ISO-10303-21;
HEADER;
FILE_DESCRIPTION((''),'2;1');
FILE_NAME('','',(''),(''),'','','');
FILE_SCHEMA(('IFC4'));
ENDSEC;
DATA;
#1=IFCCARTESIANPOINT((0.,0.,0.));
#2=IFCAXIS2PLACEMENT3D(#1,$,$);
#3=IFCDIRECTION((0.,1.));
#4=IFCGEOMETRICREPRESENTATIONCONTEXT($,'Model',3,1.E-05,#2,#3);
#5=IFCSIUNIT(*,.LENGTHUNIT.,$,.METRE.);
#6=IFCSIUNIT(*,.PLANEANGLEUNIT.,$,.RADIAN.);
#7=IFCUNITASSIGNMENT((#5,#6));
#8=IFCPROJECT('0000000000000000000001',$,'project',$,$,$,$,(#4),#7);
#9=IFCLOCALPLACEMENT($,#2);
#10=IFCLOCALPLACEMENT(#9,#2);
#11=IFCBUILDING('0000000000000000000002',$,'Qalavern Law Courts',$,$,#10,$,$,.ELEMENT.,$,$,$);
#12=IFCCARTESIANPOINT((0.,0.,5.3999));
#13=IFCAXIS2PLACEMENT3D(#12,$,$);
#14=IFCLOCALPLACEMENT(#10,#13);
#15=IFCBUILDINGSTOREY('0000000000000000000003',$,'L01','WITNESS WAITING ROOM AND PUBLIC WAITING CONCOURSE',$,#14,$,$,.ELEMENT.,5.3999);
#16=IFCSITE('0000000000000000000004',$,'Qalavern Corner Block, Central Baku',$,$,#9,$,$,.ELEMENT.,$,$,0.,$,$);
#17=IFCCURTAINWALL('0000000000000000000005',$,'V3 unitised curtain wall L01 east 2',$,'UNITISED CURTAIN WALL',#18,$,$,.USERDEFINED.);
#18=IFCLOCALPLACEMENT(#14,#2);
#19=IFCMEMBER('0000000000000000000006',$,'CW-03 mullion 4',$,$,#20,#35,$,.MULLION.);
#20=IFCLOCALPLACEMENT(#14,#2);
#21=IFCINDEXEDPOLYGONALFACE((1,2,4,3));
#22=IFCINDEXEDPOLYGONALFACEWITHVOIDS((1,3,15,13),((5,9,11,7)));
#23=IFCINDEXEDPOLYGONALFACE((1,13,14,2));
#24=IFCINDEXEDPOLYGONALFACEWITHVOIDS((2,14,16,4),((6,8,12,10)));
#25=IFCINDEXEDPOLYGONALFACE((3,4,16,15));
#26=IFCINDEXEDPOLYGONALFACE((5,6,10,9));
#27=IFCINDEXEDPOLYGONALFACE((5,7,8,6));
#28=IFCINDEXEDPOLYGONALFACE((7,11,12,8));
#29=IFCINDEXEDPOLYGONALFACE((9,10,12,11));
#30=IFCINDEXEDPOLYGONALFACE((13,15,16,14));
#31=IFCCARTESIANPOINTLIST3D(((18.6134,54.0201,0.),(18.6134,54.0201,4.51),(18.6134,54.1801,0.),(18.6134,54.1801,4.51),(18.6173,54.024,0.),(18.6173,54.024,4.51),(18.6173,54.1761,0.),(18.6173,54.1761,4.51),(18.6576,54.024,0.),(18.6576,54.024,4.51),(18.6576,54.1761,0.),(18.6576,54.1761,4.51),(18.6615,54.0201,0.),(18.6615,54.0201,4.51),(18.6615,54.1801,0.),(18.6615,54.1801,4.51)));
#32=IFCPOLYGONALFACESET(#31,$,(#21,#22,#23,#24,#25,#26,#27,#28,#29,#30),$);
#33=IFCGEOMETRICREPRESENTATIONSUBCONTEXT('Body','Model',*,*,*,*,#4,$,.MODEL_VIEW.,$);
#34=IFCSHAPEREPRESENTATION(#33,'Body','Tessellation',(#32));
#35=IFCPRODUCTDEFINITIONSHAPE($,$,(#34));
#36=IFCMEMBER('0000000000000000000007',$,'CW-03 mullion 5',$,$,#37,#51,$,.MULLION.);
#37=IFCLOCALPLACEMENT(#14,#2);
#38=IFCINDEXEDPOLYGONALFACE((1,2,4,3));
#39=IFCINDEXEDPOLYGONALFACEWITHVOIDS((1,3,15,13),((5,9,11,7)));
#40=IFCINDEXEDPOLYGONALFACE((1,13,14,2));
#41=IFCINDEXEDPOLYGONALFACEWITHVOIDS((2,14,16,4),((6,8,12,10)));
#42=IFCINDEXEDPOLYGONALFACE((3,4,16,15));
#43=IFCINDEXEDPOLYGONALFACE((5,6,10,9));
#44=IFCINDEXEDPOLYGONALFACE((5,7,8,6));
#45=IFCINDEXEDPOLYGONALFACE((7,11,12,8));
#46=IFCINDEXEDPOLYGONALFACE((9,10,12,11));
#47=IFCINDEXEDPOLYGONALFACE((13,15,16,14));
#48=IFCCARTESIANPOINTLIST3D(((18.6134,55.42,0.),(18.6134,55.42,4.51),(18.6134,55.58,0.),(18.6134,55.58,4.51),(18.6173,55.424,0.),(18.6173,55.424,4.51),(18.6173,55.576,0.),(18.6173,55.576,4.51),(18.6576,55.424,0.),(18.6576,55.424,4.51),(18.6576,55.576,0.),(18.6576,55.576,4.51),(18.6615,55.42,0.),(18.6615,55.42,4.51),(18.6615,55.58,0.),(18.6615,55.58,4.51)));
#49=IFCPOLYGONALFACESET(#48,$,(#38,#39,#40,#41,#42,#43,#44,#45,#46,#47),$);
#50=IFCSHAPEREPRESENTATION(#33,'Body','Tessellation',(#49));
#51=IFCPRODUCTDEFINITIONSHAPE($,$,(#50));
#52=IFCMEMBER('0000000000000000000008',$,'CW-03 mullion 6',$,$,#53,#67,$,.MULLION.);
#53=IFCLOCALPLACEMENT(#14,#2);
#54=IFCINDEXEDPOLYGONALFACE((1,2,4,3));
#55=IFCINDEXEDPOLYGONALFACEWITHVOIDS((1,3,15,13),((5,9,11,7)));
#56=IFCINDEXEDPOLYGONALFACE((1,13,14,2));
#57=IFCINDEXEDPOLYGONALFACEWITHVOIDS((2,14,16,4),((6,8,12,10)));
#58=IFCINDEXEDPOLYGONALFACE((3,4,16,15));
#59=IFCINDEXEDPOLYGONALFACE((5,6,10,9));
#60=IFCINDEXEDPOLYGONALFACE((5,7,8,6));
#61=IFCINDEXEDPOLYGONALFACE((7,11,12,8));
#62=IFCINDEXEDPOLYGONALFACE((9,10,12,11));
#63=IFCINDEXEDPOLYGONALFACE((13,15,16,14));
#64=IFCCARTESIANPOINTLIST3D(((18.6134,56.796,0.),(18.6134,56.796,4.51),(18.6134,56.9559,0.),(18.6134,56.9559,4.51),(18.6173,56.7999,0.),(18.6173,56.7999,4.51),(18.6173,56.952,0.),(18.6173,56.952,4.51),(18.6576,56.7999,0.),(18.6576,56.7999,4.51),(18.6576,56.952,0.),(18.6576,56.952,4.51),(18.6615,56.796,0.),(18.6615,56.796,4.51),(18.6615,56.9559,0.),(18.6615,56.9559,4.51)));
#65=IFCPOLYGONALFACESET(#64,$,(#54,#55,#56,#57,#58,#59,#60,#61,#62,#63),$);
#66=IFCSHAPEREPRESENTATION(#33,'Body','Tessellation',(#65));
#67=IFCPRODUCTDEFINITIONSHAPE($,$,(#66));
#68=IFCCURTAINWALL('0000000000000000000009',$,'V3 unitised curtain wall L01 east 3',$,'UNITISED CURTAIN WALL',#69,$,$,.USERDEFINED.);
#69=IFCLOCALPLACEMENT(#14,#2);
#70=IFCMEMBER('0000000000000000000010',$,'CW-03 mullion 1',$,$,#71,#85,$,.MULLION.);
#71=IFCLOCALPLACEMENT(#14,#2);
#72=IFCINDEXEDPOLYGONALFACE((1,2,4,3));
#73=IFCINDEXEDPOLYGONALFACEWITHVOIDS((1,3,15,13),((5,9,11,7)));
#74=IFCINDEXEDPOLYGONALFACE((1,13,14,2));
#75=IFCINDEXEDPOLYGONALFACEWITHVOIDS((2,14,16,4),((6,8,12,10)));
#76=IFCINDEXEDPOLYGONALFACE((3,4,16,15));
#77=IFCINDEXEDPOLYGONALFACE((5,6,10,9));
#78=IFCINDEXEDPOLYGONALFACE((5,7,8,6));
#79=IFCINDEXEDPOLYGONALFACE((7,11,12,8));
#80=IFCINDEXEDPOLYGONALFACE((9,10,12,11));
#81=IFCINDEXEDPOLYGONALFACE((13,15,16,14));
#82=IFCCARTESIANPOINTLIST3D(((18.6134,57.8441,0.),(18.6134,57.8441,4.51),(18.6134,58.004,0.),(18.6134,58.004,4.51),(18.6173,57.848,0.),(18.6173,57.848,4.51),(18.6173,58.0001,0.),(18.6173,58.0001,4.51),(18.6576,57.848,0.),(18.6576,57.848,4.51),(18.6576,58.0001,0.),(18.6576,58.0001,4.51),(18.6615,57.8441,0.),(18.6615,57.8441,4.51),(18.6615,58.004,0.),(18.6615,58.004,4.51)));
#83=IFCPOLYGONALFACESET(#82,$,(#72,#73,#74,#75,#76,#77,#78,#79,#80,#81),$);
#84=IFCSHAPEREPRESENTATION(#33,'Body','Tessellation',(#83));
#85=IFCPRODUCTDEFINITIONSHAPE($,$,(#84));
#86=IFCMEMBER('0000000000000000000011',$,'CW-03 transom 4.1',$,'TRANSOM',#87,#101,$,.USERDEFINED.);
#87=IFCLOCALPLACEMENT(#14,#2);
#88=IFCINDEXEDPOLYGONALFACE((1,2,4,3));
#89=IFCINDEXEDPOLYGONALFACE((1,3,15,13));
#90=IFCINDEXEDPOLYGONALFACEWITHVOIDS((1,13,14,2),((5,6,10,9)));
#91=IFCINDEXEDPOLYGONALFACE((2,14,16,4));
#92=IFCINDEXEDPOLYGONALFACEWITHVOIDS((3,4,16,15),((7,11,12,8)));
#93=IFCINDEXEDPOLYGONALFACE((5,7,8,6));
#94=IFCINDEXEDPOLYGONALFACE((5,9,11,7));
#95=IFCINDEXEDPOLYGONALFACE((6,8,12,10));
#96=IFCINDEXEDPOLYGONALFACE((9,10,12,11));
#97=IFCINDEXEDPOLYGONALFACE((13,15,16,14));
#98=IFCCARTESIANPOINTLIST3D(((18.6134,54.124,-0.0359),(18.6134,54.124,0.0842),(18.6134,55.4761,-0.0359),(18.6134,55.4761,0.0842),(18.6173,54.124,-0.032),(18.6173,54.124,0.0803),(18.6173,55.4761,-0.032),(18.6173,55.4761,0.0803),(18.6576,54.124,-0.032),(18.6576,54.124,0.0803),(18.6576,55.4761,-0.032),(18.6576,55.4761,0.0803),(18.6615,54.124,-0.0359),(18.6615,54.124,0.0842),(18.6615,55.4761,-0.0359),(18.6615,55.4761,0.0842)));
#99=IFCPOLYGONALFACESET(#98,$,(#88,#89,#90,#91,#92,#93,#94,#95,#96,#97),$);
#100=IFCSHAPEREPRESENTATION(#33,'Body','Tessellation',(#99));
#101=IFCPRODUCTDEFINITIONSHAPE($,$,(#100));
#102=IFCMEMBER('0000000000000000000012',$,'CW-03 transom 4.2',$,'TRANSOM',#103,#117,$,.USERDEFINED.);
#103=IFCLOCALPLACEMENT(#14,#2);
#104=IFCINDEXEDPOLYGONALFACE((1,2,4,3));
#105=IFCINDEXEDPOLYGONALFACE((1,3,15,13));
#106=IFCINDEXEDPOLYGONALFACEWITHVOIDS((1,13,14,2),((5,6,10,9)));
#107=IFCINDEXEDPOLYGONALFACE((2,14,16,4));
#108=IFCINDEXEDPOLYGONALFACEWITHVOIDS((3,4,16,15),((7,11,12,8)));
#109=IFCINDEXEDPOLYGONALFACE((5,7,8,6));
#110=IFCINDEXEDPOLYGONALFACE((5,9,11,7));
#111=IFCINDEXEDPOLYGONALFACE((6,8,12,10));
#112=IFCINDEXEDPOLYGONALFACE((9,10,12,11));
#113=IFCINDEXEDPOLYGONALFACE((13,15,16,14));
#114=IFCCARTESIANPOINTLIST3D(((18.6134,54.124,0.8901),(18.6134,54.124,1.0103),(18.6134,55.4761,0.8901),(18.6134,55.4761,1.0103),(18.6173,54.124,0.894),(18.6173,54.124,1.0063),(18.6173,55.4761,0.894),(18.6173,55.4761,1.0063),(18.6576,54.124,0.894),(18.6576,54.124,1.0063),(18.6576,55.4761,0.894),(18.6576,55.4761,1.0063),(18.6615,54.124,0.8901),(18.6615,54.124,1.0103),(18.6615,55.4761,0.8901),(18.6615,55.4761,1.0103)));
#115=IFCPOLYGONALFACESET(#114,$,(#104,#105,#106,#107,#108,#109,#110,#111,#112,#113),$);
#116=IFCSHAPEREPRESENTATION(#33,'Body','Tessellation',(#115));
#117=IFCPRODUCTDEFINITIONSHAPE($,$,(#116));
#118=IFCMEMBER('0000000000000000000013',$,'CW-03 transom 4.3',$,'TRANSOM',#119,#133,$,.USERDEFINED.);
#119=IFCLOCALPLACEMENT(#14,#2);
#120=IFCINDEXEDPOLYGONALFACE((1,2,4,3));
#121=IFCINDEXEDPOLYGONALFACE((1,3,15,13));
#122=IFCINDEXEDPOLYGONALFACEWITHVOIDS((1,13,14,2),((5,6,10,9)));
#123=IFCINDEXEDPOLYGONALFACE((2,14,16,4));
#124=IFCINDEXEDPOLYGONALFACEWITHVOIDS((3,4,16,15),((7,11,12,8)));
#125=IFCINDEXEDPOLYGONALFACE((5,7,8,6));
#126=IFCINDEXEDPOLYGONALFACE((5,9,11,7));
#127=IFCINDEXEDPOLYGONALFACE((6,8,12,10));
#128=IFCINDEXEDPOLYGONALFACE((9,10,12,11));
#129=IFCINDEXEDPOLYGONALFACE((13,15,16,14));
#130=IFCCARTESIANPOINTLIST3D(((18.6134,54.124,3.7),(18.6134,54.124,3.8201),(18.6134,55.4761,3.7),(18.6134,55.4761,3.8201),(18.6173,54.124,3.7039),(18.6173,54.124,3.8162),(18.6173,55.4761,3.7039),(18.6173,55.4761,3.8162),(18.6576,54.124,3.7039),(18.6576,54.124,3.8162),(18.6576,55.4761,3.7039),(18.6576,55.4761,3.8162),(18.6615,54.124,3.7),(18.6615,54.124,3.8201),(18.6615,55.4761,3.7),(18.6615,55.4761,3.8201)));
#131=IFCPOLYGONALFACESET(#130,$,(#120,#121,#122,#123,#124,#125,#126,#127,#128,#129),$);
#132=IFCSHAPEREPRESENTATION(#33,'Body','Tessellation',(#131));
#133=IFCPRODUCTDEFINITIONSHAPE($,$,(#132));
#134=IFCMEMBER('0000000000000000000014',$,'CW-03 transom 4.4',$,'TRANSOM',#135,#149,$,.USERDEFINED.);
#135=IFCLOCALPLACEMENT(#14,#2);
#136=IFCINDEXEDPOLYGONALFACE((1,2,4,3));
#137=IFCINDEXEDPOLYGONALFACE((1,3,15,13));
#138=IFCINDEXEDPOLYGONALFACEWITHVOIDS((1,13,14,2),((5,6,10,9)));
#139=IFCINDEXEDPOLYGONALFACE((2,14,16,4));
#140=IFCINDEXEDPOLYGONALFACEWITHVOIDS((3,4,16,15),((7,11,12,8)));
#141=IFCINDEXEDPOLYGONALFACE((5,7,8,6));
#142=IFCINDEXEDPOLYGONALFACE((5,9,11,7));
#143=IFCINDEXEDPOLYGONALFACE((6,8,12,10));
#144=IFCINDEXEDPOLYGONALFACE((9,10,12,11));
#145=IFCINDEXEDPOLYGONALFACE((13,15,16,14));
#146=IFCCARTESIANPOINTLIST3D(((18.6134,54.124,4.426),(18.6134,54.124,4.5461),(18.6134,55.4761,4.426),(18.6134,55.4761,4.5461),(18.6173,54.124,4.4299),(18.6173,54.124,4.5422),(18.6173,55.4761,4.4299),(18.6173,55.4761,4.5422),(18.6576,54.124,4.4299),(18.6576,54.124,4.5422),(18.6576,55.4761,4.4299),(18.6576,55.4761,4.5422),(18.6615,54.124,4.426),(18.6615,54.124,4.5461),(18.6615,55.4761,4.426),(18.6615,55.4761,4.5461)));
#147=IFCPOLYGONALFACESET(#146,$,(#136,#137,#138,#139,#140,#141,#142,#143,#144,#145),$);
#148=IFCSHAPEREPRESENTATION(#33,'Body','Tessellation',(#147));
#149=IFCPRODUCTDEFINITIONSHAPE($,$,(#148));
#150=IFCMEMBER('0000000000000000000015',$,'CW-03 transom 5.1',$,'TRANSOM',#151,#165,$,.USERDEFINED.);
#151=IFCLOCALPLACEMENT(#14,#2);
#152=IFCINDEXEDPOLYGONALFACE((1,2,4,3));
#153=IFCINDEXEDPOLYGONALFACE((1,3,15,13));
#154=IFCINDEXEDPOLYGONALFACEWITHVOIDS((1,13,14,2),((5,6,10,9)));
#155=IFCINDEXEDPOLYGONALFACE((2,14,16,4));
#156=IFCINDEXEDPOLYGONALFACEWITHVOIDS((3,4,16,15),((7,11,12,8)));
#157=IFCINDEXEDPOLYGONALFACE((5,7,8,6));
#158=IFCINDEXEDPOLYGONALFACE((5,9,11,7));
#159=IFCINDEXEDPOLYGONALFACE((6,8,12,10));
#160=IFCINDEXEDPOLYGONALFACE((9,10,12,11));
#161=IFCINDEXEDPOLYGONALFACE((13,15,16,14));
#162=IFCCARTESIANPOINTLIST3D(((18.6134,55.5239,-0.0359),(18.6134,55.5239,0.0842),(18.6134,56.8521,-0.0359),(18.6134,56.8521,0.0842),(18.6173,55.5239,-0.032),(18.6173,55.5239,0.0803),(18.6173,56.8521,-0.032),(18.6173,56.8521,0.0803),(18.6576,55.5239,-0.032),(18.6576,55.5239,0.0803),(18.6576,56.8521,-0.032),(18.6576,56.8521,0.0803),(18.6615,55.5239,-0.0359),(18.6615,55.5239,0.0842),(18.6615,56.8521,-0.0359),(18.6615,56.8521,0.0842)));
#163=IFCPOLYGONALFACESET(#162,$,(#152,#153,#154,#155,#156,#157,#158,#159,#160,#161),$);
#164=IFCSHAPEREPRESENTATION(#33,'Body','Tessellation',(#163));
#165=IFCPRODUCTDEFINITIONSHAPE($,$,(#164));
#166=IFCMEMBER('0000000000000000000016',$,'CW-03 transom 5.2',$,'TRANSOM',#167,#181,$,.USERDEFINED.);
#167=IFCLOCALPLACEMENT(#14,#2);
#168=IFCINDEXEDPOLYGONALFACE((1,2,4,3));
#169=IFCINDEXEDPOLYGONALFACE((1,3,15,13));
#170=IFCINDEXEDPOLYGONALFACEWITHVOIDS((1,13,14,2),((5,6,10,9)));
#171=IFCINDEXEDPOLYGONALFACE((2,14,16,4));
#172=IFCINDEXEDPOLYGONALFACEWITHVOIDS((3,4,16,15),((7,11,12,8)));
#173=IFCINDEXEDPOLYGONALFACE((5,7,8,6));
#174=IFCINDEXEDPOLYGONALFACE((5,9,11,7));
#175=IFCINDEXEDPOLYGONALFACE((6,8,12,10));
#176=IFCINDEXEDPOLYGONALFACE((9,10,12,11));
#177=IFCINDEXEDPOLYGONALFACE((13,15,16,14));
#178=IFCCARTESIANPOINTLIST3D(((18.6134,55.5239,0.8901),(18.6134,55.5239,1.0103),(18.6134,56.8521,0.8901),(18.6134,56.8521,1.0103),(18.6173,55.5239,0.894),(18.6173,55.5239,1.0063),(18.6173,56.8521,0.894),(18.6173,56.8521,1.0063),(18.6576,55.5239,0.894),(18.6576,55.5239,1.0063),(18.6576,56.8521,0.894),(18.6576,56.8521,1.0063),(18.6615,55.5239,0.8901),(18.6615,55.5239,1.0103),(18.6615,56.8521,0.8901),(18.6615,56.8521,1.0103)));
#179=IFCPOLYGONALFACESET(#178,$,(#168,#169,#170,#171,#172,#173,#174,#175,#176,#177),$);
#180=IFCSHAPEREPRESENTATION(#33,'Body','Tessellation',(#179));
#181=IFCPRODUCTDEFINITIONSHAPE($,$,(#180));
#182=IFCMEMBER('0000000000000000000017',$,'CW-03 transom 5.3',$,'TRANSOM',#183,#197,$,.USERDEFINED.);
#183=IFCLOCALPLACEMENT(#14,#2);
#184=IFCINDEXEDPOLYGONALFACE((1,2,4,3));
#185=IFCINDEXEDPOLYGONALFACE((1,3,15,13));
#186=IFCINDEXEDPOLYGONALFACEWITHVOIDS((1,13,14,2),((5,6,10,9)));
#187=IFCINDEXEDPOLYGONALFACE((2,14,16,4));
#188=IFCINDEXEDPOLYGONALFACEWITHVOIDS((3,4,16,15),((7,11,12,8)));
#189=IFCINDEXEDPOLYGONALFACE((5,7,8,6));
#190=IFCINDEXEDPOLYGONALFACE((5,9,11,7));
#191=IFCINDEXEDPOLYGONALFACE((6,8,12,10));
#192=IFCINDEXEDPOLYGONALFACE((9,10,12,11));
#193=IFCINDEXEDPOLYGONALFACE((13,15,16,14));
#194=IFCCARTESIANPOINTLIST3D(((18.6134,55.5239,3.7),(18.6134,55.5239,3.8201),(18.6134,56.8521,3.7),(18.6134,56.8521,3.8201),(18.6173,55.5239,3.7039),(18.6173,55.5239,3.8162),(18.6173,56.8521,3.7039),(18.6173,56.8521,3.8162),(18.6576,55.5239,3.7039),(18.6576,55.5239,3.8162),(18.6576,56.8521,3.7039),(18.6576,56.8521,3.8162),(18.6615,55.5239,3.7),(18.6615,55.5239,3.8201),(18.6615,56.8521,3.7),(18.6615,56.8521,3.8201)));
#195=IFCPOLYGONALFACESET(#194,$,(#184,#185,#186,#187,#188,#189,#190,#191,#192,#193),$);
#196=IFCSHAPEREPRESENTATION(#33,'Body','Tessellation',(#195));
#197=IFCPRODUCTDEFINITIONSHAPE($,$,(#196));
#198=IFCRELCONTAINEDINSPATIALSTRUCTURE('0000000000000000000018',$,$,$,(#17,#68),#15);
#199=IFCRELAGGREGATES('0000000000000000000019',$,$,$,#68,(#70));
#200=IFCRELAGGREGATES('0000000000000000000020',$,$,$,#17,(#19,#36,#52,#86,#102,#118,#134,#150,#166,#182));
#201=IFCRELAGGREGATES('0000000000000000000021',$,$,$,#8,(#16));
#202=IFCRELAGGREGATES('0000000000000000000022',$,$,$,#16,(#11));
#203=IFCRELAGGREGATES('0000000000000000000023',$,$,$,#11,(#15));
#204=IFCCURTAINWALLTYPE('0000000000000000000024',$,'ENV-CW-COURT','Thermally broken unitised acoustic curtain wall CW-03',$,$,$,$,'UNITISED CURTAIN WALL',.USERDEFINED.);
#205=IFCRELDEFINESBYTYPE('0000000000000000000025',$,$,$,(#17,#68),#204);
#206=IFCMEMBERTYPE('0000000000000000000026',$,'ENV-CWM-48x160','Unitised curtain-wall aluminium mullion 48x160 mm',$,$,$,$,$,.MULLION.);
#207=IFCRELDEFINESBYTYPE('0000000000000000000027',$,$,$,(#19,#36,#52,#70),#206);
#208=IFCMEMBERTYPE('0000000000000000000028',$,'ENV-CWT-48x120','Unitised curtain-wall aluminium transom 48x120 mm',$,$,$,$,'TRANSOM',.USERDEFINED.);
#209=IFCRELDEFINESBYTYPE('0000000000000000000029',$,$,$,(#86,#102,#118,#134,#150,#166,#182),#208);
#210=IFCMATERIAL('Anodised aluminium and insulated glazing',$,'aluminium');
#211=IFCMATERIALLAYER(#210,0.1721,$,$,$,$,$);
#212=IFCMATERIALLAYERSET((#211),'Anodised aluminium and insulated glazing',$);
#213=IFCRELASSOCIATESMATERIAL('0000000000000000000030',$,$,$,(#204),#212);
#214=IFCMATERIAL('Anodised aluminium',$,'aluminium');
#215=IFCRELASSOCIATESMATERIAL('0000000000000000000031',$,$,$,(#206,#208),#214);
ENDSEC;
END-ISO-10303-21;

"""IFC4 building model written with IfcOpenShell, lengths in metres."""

from ifc_helpers import new_model, si_unit, direction, frame, origin, origin_2d, place, context, subcontext, project, spatial, hollow_rectangle, extrude, material, layer, layer_set, material_profile, profile_set, type_object, element, aggregate, save


model = new_model("IFC4")

# Units and contexts
model_context = context("Model", 3, precision=1e-05, world=origin(), true_north=direction((0.0, 1.0)))
body_context = subcontext(model_context, "Body", "Model", "MODEL_VIEW")
ifc_project = project(units=[si_unit("LENGTHUNIT", "METRE"), si_unit("PLANEANGLEUNIT", "RADIAN")], contexts=[model_context])

# Site, building, storey
site_placement = place(None, origin())
site = spatial("IfcSite", under=ifc_project, at=site_placement, Name="Qalavern Corner Block, Central Baku", CompositionType="ELEMENT", RefElevation=0.0)
building_placement = place(site_placement, origin())
building = spatial("IfcBuilding", under=site, at=building_placement, Name="Qalavern Law Courts", CompositionType="ELEMENT")
storey_placement = place(building_placement, frame((0.0, 0.0, 5.3999)))
storey = spatial("IfcBuildingStorey", under=building, at=storey_placement, Name="L01", Description="WITNESS WAITING ROOM AND PUBLIC WAITING CONCOURSE", CompositionType="ELEMENT", Elevation=5.3999)

# Curtain wall, members
ifc_material_1 = material(Name="Anodised aluminium and insulated glazing", Category="aluminium")
ifc_layer_1 = layer(ifc_material_1, 0.1721)
ifc_layer_set_1 = layer_set([ifc_layer_1], Name="Anodised aluminium and insulated glazing")
curtain_wall_type = type_object("IfcCurtainWallType", Name="ENV-CW-COURT", Description="Thermally broken unitised acoustic curtain wall CW-03", ElementType="UNITISED CURTAIN WALL", PredefinedType="USERDEFINED", material=ifc_layer_set_1)
curtain_wall_1_placement = place(storey_placement, origin())
curtain_wall_1 = element("IfcCurtainWall", 1, at=curtain_wall_1_placement, inside=storey, type_object=curtain_wall_type, Name="V3 unitised curtain wall L01 east 2", ObjectType="UNITISED CURTAIN WALL", PredefinedType="USERDEFINED")
ifc_material_2 = material(Name="Anodised aluminium", Category="aluminium")
ifc_material_profile_1 = material_profile(ifc_material_2, hollow_rectangle(XDim=0.0481, YDim=0.1599, WallThickness=0.0039, at=origin_2d()), Name="ALU MULLION 48x160")
ifc_profile_set_1 = profile_set([ifc_material_profile_1], Name="Anodised aluminium")
member_type_1 = type_object("IfcMemberType", Name="ENV-CWM-48x160", Description="Unitised curtain-wall aluminium mullion 48x160 mm", PredefinedType="MULLION", material=ifc_profile_set_1)
member_1_placement = place(storey_placement, frame((18.6375, 54.1001, 0.0), z_axis=(0.0, 0.0, 1.0), x_axis=(-1.0, 0.0, 0.0)))
member_1 = element("IfcMember", 2, at=member_1_placement, type_object=member_type_1, Name="CW-03 mullion 4", PredefinedType="MULLION", context=body_context, shape_type="SweptSolid", body=[
    extrude(hollow_rectangle(XDim=0.0481, YDim=0.1599, WallThickness=0.0039, at=origin_2d()), origin(), (0.0, 0.0, 1.0), 4.51),
])
member_2_placement = place(storey_placement, frame((18.6375, 55.5, 0.0), z_axis=(0.0, 0.0, 1.0), x_axis=(-1.0, 0.0, 0.0)))
member_2 = element("IfcMember", 3, at=member_2_placement, type_object=member_type_1, Name="CW-03 mullion 5", PredefinedType="MULLION", context=body_context, shape_type="SweptSolid", body=[
    extrude(hollow_rectangle(XDim=0.0481, YDim=0.1599, WallThickness=0.0039, at=origin_2d()), origin(), (0.0, 0.0, 1.0), 4.51),
])
member_3_placement = place(storey_placement, frame((18.6375, 56.876, 0.0), z_axis=(0.0, 0.0, 1.0), x_axis=(-1.0, 0.0, 0.0)))
member_3 = element("IfcMember", 4, at=member_3_placement, type_object=member_type_1, Name="CW-03 mullion 6", PredefinedType="MULLION", context=body_context, shape_type="SweptSolid", body=[
    extrude(hollow_rectangle(XDim=0.0481, YDim=0.1599, WallThickness=0.0039, at=origin_2d()), origin(), (0.0, 0.0, 1.0), 4.51),
])

# Curtain wall, member
curtain_wall_2_placement = place(storey_placement, origin())
curtain_wall_2 = element("IfcCurtainWall", 5, at=curtain_wall_2_placement, inside=storey, type_object=curtain_wall_type, Name="V3 unitised curtain wall L01 east 3", ObjectType="UNITISED CURTAIN WALL", PredefinedType="USERDEFINED")
member_4_placement = place(storey_placement, frame((18.6375, 57.9241, 0.0), z_axis=(0.0, 0.0, 1.0), x_axis=(-1.0, 0.0, 0.0)))
member_4 = element("IfcMember", 6, at=member_4_placement, type_object=member_type_1, Name="CW-03 mullion 1", PredefinedType="MULLION", context=body_context, shape_type="SweptSolid", body=[
    extrude(hollow_rectangle(XDim=0.0481, YDim=0.1599, WallThickness=0.0039, at=origin_2d()), origin(), (0.0, 0.0, 1.0), 4.51),
])

# Members
ifc_material_profile_2 = material_profile(ifc_material_2, hollow_rectangle(XDim=0.0481, YDim=0.1201, WallThickness=0.0039, at=origin_2d()), Name="ALU TRANSOM 48x120")
ifc_profile_set_2 = profile_set([ifc_material_profile_2], Name="Anodised aluminium")
member_type_2 = type_object("IfcMemberType", Name="ENV-CWT-48x120", Description="Unitised curtain-wall aluminium transom 48x120 mm", ElementType="TRANSOM", PredefinedType="USERDEFINED", material=ifc_profile_set_2)
member_5_placement = place(storey_placement, frame((18.6375, 54.124, 0.0242), z_axis=(0.0, 1.0, 0.0), x_axis=(-1.0, 0.0, 0.0)))
member_5 = element("IfcMember", 7, at=member_5_placement, type_object=member_type_2, Name="CW-03 transom 4.1", ObjectType="TRANSOM", PredefinedType="USERDEFINED", context=body_context, shape_type="SweptSolid", body=[
    extrude(hollow_rectangle(XDim=0.0481, YDim=0.1201, WallThickness=0.0039, at=origin_2d()), origin(), (0.0, 0.0, 1.0), 1.3521),
])
member_6_placement = place(storey_placement, frame((18.6375, 54.124, 0.9502), z_axis=(0.0, 1.0, 0.0), x_axis=(-1.0, 0.0, 0.0)))
member_6 = element("IfcMember", 8, at=member_6_placement, type_object=member_type_2, Name="CW-03 transom 4.2", ObjectType="TRANSOM", PredefinedType="USERDEFINED", context=body_context, shape_type="SweptSolid", body=[
    extrude(hollow_rectangle(XDim=0.0481, YDim=0.1201, WallThickness=0.0039, at=origin_2d()), origin(), (0.0, 0.0, 1.0), 1.3521),
])
member_7_placement = place(storey_placement, frame((18.6375, 54.124, 3.76), z_axis=(0.0, 1.0, 0.0), x_axis=(-1.0, 0.0, 0.0)))
member_7 = element("IfcMember", 9, at=member_7_placement, type_object=member_type_2, Name="CW-03 transom 4.3", ObjectType="TRANSOM", PredefinedType="USERDEFINED", context=body_context, shape_type="SweptSolid", body=[
    extrude(hollow_rectangle(XDim=0.0481, YDim=0.1201, WallThickness=0.0039, at=origin_2d()), origin(), (0.0, 0.0, 1.0), 1.3521),
])
member_8_placement = place(storey_placement, frame((18.6375, 54.124, 4.4861), z_axis=(0.0, 1.0, 0.0), x_axis=(-1.0, 0.0, 0.0)))
member_8 = element("IfcMember", 10, at=member_8_placement, type_object=member_type_2, Name="CW-03 transom 4.4", ObjectType="TRANSOM", PredefinedType="USERDEFINED", context=body_context, shape_type="SweptSolid", body=[
    extrude(hollow_rectangle(XDim=0.0481, YDim=0.1201, WallThickness=0.0039, at=origin_2d()), origin(), (0.0, 0.0, 1.0), 1.3521),
])
member_9_placement = place(storey_placement, frame((18.6375, 55.5239, 0.0242), z_axis=(0.0, 1.0, 0.0), x_axis=(-1.0, 0.0, 0.0)))
member_9 = element("IfcMember", 11, at=member_9_placement, type_object=member_type_2, Name="CW-03 transom 5.1", ObjectType="TRANSOM", PredefinedType="USERDEFINED", context=body_context, shape_type="SweptSolid", body=[
    extrude(hollow_rectangle(XDim=0.0481, YDim=0.1201, WallThickness=0.0039, at=origin_2d()), origin(), (0.0, 0.0, 1.0), 1.3281),
])
member_10_placement = place(storey_placement, frame((18.6375, 55.5239, 0.9502), z_axis=(0.0, 1.0, 0.0), x_axis=(-1.0, 0.0, 0.0)))
member_10 = element("IfcMember", 12, at=member_10_placement, type_object=member_type_2, Name="CW-03 transom 5.2", ObjectType="TRANSOM", PredefinedType="USERDEFINED", context=body_context, shape_type="SweptSolid", body=[
    extrude(hollow_rectangle(XDim=0.0481, YDim=0.1201, WallThickness=0.0039, at=origin_2d()), origin(), (0.0, 0.0, 1.0), 1.3281),
])
member_11_placement = place(storey_placement, frame((18.6375, 55.5239, 3.76), z_axis=(0.0, 1.0, 0.0), x_axis=(-1.0, 0.0, 0.0)))
member_11 = element("IfcMember", 13, at=member_11_placement, type_object=member_type_2, Name="CW-03 transom 5.3", ObjectType="TRANSOM", PredefinedType="USERDEFINED", context=body_context, shape_type="SweptSolid", body=[
    extrude(hollow_rectangle(XDim=0.0481, YDim=0.1201, WallThickness=0.0039, at=origin_2d()), origin(), (0.0, 0.0, 1.0), 1.3281),
])
aggregate(curtain_wall_2, [member_4])

aggregate(curtain_wall_1, [member_1, member_2, member_3, member_5, member_6, member_7, member_8, member_9, member_10, member_11])

save(model, "model.ifc")
